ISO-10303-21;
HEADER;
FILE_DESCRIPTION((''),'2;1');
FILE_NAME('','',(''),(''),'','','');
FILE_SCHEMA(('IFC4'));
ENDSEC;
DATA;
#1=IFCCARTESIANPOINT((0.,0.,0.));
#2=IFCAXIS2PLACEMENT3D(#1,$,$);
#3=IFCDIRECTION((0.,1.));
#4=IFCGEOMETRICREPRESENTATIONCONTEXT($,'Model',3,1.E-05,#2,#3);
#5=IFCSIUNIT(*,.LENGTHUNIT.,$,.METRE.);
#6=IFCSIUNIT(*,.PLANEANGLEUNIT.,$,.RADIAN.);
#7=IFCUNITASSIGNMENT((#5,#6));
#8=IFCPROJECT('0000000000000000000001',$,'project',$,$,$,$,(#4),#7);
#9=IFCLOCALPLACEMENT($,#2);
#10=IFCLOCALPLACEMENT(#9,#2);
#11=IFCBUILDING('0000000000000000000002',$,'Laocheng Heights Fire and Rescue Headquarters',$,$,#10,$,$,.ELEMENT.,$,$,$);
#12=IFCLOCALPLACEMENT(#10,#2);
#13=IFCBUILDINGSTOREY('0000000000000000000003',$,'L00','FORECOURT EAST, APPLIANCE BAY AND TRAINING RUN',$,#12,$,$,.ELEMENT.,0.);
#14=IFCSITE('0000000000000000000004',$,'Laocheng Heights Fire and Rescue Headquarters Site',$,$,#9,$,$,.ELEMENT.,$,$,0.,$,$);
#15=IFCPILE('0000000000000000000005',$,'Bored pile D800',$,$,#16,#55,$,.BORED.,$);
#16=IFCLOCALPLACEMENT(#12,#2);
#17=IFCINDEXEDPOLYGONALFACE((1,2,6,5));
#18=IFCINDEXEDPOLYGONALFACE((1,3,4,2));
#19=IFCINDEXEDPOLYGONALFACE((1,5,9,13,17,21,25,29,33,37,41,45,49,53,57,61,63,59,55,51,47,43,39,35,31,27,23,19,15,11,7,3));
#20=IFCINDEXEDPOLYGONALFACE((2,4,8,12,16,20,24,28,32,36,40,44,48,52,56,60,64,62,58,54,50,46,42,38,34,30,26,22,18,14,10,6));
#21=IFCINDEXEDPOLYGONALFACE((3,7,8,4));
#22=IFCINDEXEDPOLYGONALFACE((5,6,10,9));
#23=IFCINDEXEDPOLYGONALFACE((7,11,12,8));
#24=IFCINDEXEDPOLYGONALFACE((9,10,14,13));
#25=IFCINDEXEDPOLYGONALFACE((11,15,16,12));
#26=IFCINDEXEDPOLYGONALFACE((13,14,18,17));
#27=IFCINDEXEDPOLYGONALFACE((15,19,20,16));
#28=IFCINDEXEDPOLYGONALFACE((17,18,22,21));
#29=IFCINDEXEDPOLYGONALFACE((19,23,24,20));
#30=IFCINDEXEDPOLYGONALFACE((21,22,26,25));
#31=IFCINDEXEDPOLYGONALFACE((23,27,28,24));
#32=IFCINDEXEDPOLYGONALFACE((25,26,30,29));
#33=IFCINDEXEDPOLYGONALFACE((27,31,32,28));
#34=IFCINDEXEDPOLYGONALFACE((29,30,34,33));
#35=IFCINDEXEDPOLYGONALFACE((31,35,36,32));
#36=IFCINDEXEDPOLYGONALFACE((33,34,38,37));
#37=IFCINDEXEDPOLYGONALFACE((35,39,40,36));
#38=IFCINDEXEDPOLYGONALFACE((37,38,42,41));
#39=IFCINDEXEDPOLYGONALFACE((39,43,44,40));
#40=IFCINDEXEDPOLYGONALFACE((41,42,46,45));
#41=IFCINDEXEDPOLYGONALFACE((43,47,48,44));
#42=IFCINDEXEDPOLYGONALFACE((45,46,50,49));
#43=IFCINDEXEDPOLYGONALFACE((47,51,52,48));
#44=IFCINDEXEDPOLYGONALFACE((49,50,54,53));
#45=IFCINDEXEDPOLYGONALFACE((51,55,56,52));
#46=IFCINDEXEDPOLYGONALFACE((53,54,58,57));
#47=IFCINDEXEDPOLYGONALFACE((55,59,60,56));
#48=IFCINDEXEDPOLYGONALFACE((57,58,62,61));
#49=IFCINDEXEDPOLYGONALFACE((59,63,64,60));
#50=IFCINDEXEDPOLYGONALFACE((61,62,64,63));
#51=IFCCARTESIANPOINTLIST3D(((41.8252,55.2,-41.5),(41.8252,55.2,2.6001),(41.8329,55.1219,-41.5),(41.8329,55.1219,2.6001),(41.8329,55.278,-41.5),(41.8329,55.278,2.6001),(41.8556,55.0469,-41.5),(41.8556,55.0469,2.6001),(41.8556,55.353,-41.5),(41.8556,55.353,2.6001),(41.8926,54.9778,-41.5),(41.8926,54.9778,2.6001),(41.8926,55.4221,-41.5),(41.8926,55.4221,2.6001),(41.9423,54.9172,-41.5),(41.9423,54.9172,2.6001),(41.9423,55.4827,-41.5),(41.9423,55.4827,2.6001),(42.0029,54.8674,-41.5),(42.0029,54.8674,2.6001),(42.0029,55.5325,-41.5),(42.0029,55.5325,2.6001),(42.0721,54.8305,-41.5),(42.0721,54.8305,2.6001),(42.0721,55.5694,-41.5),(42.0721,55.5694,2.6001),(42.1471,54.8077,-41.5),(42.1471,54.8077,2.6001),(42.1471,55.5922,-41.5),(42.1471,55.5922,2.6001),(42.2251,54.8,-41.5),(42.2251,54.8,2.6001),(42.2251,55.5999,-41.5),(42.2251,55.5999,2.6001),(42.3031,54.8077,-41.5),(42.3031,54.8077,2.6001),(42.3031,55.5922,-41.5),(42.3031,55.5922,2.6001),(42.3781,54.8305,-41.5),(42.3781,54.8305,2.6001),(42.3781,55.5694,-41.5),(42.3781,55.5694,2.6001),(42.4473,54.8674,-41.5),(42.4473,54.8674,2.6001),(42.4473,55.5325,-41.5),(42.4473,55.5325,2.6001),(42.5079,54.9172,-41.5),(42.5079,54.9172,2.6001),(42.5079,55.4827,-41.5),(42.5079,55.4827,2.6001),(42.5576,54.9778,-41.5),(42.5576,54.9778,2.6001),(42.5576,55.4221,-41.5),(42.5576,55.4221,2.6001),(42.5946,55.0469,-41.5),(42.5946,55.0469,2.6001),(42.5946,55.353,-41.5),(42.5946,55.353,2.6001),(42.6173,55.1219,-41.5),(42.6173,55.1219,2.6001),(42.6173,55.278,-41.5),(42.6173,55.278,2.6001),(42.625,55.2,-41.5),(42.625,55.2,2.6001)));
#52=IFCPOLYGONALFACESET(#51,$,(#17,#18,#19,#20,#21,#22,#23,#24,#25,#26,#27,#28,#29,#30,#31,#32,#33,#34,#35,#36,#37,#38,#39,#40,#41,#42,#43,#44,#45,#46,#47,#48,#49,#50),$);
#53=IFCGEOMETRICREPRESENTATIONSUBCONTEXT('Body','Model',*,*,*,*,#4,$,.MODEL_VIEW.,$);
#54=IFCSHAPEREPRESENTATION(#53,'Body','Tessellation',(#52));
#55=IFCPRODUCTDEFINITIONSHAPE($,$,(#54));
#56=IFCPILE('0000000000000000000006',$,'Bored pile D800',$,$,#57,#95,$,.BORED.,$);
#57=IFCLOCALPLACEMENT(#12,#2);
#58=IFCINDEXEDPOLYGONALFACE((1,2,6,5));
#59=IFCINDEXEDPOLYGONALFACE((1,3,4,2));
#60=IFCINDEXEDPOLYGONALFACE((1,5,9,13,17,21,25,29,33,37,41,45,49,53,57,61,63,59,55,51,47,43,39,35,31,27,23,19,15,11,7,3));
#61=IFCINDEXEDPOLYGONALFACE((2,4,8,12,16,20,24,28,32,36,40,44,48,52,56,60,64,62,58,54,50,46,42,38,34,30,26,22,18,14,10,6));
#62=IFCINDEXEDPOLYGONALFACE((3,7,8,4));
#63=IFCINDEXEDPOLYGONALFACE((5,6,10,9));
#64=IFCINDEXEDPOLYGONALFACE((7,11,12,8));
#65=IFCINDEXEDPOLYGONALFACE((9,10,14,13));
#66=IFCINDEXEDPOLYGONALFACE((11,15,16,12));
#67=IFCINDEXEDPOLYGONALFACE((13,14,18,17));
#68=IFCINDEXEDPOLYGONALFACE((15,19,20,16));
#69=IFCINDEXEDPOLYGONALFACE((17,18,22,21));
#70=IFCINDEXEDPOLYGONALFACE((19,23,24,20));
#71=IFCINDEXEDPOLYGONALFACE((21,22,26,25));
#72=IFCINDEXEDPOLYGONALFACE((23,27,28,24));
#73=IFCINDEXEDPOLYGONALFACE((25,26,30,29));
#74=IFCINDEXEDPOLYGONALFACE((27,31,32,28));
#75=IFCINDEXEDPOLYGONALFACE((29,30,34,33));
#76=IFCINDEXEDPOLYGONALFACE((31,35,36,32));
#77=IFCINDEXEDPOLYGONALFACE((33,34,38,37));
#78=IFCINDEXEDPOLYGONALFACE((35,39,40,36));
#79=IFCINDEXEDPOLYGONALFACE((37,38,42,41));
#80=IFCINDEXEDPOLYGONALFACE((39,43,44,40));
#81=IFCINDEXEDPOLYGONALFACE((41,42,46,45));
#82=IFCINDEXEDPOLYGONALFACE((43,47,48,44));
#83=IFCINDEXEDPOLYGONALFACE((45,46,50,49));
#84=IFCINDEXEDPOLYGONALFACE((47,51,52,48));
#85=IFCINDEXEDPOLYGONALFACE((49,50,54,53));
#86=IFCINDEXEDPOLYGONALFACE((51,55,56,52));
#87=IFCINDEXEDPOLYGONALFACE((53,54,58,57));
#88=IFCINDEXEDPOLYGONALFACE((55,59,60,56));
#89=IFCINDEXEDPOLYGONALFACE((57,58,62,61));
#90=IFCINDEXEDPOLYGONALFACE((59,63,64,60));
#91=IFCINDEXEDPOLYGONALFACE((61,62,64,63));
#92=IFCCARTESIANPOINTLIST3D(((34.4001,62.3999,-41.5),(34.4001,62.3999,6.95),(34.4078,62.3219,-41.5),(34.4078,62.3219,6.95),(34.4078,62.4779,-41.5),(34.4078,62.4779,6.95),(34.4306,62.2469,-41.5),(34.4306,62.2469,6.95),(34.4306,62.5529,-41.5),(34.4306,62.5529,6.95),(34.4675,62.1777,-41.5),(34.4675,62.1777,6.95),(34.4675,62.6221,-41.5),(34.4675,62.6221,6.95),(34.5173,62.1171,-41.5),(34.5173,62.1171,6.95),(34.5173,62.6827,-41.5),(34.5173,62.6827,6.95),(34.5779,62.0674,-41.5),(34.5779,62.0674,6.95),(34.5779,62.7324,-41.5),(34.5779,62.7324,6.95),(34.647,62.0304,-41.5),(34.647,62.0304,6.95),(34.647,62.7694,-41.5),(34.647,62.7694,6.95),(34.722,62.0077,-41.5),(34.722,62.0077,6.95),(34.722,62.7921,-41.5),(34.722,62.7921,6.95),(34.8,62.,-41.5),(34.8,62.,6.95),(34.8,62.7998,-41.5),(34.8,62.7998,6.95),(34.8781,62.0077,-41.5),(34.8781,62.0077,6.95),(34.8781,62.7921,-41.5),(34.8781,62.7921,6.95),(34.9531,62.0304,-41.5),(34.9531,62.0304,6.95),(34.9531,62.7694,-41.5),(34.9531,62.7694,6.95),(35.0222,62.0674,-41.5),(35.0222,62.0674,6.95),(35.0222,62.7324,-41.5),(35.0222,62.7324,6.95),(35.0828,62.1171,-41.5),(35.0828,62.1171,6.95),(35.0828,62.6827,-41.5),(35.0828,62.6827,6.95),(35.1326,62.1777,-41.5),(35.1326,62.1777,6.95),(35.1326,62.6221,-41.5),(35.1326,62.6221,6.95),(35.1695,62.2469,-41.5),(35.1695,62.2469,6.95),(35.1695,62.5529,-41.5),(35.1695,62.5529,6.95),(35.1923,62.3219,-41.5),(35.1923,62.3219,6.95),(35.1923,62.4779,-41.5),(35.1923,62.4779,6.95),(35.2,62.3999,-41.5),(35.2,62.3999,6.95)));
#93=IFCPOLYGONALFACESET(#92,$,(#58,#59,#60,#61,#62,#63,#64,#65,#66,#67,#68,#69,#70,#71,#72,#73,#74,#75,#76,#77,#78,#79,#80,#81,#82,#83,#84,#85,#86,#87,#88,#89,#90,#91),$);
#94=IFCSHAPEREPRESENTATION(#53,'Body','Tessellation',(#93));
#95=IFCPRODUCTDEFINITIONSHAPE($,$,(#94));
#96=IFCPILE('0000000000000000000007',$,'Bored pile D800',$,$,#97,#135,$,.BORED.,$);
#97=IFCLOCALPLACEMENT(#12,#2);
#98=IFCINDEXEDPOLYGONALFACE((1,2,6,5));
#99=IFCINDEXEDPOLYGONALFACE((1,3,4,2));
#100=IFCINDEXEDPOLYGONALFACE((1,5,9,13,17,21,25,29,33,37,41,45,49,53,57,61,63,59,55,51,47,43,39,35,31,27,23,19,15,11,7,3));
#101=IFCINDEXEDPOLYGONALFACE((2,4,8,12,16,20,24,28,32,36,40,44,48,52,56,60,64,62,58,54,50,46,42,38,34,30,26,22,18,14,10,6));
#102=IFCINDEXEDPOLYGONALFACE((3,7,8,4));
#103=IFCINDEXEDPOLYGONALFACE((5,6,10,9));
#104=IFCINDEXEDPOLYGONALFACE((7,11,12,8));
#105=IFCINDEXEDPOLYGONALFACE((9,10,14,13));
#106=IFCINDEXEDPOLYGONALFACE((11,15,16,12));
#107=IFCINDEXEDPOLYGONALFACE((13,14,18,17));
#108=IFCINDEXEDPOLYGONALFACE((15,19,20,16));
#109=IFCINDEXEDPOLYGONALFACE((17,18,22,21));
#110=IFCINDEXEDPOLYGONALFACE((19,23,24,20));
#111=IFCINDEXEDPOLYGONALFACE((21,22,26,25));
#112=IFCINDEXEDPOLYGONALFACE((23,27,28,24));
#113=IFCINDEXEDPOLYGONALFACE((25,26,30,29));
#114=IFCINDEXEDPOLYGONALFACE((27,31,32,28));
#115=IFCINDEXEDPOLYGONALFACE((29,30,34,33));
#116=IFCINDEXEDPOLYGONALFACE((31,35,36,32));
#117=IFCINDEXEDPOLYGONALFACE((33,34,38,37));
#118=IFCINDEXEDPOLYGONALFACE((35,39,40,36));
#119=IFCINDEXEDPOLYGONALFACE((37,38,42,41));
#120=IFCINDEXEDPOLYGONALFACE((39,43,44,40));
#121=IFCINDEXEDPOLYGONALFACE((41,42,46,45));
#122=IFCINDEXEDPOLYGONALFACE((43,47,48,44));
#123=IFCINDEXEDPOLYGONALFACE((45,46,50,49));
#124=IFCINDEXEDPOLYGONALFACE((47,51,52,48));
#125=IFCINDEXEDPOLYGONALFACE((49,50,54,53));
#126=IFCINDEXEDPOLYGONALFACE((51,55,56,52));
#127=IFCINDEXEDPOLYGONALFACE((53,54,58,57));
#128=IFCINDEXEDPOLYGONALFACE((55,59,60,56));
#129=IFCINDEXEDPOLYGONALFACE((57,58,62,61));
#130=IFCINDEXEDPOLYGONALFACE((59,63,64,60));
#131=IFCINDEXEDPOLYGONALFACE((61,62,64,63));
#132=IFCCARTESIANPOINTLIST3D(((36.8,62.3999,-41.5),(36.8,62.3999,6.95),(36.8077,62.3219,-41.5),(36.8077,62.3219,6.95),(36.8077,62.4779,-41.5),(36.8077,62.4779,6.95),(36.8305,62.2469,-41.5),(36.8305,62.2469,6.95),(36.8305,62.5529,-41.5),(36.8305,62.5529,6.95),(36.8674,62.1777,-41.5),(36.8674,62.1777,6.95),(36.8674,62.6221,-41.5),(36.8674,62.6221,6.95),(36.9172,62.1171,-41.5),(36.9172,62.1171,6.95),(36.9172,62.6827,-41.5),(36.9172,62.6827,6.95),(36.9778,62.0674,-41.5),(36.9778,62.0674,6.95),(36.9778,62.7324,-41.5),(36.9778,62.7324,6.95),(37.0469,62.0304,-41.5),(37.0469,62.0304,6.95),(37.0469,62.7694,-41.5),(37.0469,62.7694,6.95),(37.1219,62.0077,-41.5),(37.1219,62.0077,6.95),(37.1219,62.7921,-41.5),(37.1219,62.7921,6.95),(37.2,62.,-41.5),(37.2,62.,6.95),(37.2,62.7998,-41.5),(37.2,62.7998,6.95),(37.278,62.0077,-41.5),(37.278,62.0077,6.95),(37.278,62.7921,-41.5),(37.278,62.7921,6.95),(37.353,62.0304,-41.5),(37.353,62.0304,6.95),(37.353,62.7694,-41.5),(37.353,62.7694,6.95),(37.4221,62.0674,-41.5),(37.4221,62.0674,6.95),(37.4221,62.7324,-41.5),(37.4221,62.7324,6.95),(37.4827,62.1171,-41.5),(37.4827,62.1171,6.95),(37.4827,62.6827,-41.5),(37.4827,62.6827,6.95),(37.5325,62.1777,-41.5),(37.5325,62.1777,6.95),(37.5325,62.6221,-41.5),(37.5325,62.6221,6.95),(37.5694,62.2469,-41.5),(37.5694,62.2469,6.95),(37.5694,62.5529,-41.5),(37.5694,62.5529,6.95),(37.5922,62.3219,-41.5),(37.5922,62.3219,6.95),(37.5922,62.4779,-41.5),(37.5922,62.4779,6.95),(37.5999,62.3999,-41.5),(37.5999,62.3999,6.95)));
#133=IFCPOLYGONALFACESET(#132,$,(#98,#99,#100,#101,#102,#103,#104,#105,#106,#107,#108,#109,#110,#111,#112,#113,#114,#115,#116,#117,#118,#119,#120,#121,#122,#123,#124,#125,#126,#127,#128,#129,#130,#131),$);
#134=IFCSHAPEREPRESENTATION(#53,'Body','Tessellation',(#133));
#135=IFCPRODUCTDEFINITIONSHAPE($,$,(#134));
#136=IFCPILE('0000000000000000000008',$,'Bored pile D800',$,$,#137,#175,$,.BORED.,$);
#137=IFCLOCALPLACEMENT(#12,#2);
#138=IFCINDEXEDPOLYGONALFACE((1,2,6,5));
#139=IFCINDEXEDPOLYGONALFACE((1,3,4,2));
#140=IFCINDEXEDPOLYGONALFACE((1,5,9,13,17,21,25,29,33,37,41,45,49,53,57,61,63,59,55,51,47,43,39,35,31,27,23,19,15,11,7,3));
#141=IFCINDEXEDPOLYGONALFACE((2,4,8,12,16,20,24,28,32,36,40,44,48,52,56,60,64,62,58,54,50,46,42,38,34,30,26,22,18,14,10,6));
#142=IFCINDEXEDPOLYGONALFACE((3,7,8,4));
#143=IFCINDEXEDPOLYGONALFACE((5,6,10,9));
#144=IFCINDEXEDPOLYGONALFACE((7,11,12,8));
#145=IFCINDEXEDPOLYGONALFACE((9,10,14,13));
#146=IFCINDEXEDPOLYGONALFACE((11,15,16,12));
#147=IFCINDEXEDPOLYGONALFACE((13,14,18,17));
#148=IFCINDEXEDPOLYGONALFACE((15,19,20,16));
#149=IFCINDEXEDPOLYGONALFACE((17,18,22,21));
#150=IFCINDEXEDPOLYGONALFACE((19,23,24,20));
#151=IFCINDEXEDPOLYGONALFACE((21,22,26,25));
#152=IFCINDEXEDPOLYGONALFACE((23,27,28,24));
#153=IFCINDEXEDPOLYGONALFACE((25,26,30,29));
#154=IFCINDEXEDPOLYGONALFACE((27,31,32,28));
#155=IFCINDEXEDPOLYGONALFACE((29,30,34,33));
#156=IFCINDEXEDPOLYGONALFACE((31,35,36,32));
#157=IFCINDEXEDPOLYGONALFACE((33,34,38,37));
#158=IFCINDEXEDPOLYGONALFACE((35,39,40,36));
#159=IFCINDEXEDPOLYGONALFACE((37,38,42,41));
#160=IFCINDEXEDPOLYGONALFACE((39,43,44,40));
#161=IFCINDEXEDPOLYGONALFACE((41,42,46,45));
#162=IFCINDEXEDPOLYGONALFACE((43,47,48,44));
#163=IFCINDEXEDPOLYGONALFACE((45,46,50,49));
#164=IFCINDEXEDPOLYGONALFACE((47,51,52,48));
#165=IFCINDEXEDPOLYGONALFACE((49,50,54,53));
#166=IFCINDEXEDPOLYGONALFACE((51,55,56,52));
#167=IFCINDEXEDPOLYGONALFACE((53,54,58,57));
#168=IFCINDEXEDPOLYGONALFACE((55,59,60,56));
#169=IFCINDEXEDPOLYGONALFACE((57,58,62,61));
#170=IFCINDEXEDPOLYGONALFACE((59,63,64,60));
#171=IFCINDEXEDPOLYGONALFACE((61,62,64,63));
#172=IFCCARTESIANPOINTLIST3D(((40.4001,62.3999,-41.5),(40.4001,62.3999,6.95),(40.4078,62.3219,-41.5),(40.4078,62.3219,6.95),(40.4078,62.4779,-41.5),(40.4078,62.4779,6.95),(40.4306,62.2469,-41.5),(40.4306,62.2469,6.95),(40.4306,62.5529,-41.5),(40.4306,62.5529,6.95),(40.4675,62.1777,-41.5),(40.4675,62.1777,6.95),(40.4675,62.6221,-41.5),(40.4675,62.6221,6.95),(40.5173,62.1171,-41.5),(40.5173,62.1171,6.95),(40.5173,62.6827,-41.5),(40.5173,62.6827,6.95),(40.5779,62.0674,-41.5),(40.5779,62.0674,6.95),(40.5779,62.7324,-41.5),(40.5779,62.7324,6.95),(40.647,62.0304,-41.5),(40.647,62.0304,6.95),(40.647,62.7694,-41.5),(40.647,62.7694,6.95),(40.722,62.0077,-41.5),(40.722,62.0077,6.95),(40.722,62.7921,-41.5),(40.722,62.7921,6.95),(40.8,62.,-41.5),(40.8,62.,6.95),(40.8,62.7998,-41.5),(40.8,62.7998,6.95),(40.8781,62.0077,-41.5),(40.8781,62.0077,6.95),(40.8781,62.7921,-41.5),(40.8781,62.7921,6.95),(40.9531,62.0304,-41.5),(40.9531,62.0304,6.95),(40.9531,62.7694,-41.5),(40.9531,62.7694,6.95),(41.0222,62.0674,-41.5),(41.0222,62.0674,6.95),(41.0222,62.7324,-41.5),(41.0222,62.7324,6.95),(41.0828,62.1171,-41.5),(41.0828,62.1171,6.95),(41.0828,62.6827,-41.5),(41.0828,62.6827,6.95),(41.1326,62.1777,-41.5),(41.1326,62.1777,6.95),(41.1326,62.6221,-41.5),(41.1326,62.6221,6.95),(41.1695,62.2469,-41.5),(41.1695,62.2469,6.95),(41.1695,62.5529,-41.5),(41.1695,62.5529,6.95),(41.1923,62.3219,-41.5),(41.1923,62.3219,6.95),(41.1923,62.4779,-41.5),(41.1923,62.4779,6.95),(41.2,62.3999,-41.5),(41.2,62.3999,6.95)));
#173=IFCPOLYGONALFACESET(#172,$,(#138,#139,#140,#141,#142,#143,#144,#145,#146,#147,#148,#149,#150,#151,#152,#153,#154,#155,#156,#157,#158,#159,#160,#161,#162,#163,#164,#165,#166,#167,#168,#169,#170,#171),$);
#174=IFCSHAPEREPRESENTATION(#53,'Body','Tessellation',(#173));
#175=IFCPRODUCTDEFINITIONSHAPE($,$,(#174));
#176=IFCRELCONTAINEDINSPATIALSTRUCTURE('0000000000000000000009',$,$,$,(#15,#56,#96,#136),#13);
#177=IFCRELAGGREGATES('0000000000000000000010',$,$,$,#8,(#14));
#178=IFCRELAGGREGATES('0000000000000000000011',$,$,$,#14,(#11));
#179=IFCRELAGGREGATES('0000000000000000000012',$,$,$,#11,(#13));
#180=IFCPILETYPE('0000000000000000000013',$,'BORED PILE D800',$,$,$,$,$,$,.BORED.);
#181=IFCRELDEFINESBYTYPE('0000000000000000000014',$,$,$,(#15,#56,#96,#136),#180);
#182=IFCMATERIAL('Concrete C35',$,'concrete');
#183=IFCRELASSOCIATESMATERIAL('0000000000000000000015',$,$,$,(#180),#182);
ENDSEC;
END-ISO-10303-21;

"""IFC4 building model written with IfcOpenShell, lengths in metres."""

from ifc_helpers import new_model, si_unit, direction, frame, origin, origin_2d, place, context, subcontext, project, spatial, circle, extrude, material, material_profile, profile_set, type_object, element, save


model = new_model("IFC4")

# Units and contexts
model_context = context("Model", 3, precision=1e-05, world=origin(), true_north=direction((0.0, 1.0)))
body_context = subcontext(model_context, "Body", "Model", "MODEL_VIEW")
ifc_project = project(units=[si_unit("LENGTHUNIT", "METRE"), si_unit("PLANEANGLEUNIT", "RADIAN")], contexts=[model_context])

# Site, building, storey
site_placement = place(None, origin())
site = spatial("IfcSite", under=ifc_project, at=site_placement, Name="Laocheng Heights Fire and Rescue Headquarters Site", CompositionType="ELEMENT", RefElevation=0.0)
building_placement = place(site_placement, origin())
building = spatial("IfcBuilding", under=site, at=building_placement, Name="Laocheng Heights Fire and Rescue Headquarters", CompositionType="ELEMENT")
storey_placement = place(building_placement, origin())
storey = spatial("IfcBuildingStorey", under=building, at=storey_placement, Name="L00", Description="FORECOURT EAST, APPLIANCE BAY AND TRAINING RUN", CompositionType="ELEMENT", Elevation=0.0)

# Piles
ifc_material_1 = material(Name="Concrete C35", Category="concrete")
ifc_material_profile_1 = material_profile(ifc_material_1, circle(Radius=0.3999, at=origin_2d()), Name="BORED PILE D800")
ifc_profile_set_1 = profile_set([ifc_material_profile_1], Name="Concrete C35")
pile_type_1 = type_object("IfcPileType", Name="BORED PILE D800", PredefinedType="BORED", material=ifc_profile_set_1)
for number, where, z_axis, x_axis, name in (
    (1, (42.2251, 55.2, 2.6001), (0.0, 0.0, -1.0), (1.0, 0.0, 0.0), "Bored pile D800"),
):
    element("IfcPile", number, at=place(storey_placement, frame(where, z_axis=z_axis, x_axis=x_axis)), inside=storey, type_object=pile_type_1, Name=name, PredefinedType="BORED", context=body_context, shape_type="SweptSolid", body=[
        extrude(circle(Radius=0.3999, at=origin_2d()), origin(), (0.0, 0.0, 1.0), 44.1001),
    ])
for number, where, z_axis, x_axis, name in (
    (2, (34.8, 62.3999, 6.95), (0.0, 0.0, -1.0), (1.0, 0.0, 0.0), "Bored pile D800"),
    (3, (37.2, 62.3999, 6.95), (0.0, 0.0, -1.0), (1.0, 0.0, 0.0), "Bored pile D800"),
    (4, (40.8, 62.3999, 6.95), (0.0, 0.0, -1.0), (1.0, 0.0, 0.0), "Bored pile D800"),
):
    element("IfcPile", number, at=place(storey_placement, frame(where, z_axis=z_axis, x_axis=x_axis)), inside=storey, type_object=pile_type_1, Name=name, PredefinedType="BORED", context=body_context, shape_type="SweptSolid", body=[
        extrude(circle(Radius=0.3999, at=origin_2d()), origin(), (0.0, 0.0, 1.0), 48.45),
    ])

save(model, "model.ifc")
